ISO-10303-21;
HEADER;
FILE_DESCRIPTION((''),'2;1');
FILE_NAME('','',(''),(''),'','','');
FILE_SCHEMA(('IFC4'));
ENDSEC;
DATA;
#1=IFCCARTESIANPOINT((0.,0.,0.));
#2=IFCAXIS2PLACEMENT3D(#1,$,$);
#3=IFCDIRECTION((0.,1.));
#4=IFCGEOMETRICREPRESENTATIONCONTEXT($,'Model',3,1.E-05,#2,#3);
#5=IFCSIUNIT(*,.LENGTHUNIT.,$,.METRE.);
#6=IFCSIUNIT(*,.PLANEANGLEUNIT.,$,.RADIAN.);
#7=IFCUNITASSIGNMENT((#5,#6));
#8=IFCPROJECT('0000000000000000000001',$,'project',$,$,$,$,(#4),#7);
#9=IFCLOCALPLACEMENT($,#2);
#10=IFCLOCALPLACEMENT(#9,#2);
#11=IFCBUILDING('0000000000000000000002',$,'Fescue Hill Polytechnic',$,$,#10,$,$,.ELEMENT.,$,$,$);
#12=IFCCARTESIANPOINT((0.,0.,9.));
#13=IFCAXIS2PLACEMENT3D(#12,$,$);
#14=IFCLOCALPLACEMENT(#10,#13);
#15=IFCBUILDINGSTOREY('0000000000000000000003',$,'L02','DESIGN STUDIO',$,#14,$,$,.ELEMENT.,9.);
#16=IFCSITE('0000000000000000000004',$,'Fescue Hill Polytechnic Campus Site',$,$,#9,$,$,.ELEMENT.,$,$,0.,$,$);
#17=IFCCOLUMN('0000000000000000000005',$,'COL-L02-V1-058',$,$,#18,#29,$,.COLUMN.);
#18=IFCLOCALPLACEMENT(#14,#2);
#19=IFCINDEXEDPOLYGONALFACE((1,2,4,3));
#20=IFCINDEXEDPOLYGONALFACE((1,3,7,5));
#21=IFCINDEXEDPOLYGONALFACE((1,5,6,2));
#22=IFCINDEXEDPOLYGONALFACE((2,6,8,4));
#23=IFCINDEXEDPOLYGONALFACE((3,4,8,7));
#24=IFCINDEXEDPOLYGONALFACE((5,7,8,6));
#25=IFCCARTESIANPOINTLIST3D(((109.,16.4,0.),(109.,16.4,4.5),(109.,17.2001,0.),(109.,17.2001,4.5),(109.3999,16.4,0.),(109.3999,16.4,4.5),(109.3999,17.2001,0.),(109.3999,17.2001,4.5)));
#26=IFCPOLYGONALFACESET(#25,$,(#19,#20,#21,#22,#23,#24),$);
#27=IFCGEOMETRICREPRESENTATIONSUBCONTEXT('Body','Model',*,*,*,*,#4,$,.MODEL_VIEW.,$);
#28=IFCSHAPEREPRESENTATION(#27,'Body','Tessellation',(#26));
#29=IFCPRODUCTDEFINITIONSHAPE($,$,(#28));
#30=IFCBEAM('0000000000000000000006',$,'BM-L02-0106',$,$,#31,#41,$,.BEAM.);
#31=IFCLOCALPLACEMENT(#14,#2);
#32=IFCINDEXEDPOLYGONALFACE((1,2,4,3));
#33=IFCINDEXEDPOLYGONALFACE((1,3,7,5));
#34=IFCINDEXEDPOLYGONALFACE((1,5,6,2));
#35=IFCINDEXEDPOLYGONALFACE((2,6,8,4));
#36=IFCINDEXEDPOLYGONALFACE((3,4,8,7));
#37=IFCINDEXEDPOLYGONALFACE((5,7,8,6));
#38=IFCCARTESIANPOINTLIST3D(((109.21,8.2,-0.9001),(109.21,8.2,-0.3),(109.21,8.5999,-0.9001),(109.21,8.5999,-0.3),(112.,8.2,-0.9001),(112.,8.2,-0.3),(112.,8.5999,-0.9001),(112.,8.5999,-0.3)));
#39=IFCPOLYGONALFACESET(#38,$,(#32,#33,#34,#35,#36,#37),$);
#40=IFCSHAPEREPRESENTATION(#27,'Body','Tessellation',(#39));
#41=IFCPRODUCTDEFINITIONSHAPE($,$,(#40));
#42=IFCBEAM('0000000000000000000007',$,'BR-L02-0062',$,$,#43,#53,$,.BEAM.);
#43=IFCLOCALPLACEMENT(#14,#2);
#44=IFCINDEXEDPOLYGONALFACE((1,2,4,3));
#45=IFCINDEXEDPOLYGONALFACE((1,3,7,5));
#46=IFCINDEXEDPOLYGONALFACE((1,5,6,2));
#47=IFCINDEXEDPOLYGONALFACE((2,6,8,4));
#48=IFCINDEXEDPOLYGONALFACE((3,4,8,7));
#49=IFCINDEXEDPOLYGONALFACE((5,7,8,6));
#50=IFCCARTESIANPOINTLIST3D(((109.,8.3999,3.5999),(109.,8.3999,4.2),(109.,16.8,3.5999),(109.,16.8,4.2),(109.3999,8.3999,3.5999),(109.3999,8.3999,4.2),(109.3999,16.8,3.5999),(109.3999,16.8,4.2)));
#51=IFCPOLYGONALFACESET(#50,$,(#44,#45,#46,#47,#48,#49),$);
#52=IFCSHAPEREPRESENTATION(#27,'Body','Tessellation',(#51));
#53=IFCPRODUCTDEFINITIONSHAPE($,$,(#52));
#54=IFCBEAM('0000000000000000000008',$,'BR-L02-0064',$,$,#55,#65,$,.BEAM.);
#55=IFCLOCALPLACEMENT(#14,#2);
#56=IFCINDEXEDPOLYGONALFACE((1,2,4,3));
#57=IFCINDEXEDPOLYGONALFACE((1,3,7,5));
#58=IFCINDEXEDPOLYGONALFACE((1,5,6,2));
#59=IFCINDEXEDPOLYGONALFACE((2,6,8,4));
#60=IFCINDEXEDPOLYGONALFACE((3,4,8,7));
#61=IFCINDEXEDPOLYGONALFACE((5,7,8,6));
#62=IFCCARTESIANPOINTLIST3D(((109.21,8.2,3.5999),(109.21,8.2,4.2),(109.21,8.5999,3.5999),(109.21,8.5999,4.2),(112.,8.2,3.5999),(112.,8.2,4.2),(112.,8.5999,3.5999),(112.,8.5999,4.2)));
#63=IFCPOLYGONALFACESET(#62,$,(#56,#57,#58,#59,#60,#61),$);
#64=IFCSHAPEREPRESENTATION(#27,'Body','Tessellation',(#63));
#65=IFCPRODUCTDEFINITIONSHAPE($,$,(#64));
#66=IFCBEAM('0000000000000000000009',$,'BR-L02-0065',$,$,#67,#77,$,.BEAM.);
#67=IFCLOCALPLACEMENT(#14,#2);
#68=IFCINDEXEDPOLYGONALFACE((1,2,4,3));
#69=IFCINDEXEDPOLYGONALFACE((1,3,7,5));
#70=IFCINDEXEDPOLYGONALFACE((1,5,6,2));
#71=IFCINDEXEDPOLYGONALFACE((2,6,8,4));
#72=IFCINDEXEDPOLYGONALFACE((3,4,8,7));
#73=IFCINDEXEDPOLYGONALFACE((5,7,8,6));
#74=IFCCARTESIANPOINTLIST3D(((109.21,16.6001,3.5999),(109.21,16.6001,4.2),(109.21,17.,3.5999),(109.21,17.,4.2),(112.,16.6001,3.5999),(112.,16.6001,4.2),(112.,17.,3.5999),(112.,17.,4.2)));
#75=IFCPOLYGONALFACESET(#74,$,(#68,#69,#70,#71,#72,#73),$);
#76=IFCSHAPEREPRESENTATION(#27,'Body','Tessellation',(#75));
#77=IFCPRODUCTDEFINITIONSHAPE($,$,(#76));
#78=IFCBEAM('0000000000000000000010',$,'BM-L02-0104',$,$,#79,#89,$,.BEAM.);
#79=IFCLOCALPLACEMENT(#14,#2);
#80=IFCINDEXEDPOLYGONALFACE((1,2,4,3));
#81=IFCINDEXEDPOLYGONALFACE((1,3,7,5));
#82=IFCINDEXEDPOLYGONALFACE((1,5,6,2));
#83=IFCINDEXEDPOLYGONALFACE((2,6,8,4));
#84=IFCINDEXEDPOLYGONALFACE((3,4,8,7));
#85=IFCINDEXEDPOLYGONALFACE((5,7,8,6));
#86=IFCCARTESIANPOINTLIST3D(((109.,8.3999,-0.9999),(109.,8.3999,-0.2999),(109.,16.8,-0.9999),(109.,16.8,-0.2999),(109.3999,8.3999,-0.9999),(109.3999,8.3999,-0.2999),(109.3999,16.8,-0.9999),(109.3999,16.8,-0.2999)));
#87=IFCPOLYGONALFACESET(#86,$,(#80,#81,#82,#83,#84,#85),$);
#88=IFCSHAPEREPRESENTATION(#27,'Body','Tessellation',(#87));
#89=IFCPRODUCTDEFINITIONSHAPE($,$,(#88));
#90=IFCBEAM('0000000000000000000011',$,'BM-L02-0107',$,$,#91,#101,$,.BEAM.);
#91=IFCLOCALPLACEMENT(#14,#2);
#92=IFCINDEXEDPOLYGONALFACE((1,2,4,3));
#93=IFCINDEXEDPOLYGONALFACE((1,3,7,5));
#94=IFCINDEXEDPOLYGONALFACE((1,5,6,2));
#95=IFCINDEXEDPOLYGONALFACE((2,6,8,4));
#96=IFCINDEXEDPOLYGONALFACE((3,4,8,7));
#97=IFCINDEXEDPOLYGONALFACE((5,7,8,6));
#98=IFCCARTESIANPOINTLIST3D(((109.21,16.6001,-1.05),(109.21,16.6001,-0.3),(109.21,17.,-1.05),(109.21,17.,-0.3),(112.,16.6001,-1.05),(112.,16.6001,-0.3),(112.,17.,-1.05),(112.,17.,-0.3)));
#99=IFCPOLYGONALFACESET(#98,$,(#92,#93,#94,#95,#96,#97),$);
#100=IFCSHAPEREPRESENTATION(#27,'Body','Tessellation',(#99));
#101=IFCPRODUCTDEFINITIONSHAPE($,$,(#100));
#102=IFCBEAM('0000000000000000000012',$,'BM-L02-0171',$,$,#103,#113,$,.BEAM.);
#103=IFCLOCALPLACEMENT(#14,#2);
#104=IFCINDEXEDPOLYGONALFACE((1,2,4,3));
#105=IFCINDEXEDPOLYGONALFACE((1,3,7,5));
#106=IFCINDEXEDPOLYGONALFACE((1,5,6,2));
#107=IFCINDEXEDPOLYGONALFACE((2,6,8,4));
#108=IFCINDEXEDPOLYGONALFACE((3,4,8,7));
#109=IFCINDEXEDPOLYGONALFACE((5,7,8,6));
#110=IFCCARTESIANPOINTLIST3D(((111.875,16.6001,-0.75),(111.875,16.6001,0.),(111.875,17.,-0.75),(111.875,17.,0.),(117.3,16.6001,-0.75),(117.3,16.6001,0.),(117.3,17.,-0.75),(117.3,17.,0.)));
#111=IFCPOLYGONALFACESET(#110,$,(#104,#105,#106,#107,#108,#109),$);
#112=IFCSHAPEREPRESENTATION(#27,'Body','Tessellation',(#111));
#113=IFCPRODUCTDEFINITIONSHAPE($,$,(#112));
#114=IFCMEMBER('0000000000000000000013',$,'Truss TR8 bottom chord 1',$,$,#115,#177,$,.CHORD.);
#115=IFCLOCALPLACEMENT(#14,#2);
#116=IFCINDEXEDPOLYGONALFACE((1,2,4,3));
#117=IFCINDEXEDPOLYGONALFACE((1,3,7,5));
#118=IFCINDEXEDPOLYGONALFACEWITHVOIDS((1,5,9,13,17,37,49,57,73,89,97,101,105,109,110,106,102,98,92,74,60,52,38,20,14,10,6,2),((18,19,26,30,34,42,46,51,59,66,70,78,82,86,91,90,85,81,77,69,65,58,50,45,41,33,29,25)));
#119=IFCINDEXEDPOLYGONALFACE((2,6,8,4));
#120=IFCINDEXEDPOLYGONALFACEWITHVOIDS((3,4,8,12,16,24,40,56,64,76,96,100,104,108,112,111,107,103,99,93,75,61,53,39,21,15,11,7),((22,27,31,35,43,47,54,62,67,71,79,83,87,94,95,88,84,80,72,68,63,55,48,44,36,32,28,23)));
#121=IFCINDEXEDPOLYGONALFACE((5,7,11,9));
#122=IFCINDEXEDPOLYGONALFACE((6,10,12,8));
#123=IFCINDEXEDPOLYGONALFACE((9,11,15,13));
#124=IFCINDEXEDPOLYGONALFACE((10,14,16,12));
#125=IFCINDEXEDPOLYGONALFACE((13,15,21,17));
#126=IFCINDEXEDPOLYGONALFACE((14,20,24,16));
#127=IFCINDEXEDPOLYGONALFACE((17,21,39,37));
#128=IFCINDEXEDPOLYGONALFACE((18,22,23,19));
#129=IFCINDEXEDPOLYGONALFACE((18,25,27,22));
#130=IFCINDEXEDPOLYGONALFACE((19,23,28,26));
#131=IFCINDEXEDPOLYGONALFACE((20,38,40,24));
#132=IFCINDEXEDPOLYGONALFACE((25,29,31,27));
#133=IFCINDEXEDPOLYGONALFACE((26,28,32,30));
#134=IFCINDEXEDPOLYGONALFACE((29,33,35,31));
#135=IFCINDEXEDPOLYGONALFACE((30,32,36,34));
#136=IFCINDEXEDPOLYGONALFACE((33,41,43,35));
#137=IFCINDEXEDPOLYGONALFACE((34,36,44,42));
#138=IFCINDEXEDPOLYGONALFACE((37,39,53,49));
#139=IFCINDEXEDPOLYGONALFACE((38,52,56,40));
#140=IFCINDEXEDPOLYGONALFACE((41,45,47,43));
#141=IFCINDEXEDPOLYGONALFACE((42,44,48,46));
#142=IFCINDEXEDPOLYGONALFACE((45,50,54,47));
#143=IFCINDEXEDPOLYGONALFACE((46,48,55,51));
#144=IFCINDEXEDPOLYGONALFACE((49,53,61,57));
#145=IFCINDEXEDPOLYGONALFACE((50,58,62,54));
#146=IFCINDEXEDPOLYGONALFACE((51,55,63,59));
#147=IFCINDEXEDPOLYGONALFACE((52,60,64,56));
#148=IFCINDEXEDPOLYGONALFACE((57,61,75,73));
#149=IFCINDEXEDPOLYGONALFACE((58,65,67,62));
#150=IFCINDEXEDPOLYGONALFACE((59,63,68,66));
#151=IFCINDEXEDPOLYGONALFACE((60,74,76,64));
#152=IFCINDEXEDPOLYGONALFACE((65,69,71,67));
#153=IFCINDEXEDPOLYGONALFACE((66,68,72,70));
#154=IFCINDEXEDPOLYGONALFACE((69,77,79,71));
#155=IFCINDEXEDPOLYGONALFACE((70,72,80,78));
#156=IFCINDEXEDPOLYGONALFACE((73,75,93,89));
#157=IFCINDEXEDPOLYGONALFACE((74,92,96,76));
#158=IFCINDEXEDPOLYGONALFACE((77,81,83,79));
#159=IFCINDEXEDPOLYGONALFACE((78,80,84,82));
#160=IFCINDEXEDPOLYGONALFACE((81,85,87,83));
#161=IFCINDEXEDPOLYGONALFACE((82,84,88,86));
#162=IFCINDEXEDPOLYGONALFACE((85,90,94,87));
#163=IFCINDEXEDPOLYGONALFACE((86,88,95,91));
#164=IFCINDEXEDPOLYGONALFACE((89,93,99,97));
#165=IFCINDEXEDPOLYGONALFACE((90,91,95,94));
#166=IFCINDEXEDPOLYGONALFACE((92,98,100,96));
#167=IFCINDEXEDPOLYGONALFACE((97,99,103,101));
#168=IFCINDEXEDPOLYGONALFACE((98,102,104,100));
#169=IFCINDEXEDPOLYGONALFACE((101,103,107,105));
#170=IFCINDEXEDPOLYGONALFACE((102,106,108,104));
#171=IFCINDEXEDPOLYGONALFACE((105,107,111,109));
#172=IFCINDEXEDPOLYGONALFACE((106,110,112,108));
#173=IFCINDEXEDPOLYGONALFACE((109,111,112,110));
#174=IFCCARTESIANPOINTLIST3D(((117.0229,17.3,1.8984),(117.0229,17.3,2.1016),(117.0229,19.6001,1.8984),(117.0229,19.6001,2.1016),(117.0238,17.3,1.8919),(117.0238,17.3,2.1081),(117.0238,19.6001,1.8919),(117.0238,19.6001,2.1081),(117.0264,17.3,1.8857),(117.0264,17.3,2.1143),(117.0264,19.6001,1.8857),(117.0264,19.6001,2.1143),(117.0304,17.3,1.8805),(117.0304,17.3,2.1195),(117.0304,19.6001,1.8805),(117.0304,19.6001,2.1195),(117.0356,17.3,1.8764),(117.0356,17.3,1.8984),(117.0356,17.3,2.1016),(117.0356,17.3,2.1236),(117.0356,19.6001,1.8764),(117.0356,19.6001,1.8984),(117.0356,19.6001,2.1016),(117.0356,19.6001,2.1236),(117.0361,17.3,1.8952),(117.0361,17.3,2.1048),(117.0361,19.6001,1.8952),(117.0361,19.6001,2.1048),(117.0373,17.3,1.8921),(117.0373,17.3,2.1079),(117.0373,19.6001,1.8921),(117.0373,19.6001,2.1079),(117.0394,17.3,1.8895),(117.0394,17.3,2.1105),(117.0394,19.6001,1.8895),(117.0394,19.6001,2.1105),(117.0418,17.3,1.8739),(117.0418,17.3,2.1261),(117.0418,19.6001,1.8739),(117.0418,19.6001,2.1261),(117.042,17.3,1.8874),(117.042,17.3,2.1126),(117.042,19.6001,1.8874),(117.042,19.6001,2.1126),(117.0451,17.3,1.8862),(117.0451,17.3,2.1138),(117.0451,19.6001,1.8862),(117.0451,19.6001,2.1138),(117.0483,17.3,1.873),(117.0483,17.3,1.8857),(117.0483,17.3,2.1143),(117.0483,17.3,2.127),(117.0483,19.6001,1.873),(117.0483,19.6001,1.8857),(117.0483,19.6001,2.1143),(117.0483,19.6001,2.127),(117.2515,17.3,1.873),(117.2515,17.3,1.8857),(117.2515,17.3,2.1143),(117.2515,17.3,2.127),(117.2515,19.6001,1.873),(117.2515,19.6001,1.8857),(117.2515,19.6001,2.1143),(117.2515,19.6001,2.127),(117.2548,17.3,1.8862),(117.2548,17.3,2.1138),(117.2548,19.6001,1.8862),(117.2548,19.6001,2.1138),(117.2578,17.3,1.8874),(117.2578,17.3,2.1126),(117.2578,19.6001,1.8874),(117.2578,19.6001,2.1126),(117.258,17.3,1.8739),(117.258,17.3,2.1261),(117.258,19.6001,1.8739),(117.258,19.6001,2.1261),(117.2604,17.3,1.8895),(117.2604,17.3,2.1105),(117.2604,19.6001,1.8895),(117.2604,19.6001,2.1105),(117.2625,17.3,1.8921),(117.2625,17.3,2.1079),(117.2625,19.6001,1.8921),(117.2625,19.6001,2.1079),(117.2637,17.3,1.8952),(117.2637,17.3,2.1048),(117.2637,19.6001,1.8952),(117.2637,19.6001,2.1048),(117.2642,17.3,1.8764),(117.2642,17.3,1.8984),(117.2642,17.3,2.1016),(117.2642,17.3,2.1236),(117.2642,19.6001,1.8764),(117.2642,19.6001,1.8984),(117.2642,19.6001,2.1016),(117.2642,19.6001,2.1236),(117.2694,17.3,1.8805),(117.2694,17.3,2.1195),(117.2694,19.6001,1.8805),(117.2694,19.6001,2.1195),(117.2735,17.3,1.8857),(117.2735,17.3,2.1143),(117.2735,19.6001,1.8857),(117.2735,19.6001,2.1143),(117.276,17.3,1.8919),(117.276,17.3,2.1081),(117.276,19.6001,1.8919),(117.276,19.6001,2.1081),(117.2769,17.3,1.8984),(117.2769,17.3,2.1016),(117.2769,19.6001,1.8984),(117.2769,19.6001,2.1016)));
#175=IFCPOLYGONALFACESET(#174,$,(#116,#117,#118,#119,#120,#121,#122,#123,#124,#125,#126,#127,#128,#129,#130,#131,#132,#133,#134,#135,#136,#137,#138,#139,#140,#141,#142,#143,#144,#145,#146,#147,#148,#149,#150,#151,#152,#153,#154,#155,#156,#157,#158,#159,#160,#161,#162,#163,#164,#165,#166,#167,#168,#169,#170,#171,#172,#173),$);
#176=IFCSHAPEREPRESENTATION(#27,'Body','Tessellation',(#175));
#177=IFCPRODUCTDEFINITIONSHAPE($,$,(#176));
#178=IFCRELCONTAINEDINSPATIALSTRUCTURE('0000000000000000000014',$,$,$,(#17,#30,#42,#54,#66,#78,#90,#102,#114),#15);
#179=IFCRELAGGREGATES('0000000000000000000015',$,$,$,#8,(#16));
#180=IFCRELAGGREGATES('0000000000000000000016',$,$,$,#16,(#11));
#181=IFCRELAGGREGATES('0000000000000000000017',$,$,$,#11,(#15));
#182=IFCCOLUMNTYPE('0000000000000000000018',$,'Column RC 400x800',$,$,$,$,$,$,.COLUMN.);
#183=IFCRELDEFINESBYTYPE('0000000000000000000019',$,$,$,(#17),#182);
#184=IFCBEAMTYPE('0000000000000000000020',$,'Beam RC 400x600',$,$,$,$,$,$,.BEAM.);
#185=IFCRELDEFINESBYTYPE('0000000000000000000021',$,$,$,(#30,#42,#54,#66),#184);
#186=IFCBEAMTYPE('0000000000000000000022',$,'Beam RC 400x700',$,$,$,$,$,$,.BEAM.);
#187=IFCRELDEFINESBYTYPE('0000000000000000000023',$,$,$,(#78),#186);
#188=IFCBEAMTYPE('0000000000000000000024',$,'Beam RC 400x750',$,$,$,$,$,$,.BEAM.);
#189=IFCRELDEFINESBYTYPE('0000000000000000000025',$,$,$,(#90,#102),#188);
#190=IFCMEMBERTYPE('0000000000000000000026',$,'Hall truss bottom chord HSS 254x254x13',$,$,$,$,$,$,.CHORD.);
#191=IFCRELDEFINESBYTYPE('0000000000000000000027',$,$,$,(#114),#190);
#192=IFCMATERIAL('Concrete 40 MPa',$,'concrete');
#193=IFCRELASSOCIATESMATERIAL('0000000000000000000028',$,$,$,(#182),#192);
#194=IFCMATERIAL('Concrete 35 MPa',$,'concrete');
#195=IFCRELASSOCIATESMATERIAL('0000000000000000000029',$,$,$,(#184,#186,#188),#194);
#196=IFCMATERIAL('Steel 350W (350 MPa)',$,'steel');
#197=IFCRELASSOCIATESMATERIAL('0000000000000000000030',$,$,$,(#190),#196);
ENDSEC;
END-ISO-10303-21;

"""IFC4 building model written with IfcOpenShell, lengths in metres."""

from ifc_helpers import new_model, si_unit, direction, frame, origin, origin_2d, place, context, subcontext, project, spatial, rectangle, hollow_rectangle, extrude, material, material_profile, profile_set, type_object, element, save


model = new_model("IFC4")

# Units and contexts
model_context = context("Model", 3, precision=1e-05, world=origin(), true_north=direction((0.0, 1.0)))
body_context = subcontext(model_context, "Body", "Model", "MODEL_VIEW")
ifc_project = project(units=[si_unit("LENGTHUNIT", "METRE"), si_unit("PLANEANGLEUNIT", "RADIAN")], contexts=[model_context])

# Site, building, storey
site_placement = place(None, origin())
site = spatial("IfcSite", under=ifc_project, at=site_placement, Name="Fescue Hill Polytechnic Campus Site", CompositionType="ELEMENT", RefElevation=0.0)
building_placement = place(site_placement, origin())
building = spatial("IfcBuilding", under=site, at=building_placement, Name="Fescue Hill Polytechnic", CompositionType="ELEMENT")
storey_placement = place(building_placement, frame((0.0, 0.0, 9.0)))
storey = spatial("IfcBuildingStorey", under=building, at=storey_placement, Name="L02", Description="DESIGN STUDIO", CompositionType="ELEMENT", Elevation=9.0)

# Column
ifc_material_1 = material(Name="Concrete 40 MPa", Category="concrete")
ifc_material_profile_1 = material_profile(ifc_material_1, rectangle(XDim=0.3999, YDim=0.8, at=origin_2d()), Name="RC 400x800")
ifc_profile_set_1 = profile_set([ifc_material_profile_1], Name="Concrete 40 MPa")
column_type = type_object("IfcColumnType", Name="Column RC 400x800", PredefinedType="COLUMN", material=ifc_profile_set_1)
column_placement = place(storey_placement, frame((109.2, 16.8, 0.0), z_axis=(0.0, 0.0, 1.0), x_axis=(1.0, 0.0, 0.0)))
element("IfcColumn", 1, at=column_placement, inside=storey, type_object=column_type, Name="COL-L02-V1-058", PredefinedType="COLUMN", context=body_context, shape_type="SweptSolid", body=[
    extrude(rectangle(XDim=0.3999, YDim=0.8, at=origin_2d()), origin(), (0.0, 0.0, 1.0), 4.5),
])

# Beams
ifc_material_2 = material(Name="Concrete 35 MPa", Category="concrete")
ifc_material_profile_2 = material_profile(ifc_material_2, rectangle(XDim=0.3999, YDim=0.6001, at=origin_2d()), Name="RC 400x600")
ifc_profile_set_2 = profile_set([ifc_material_profile_2], Name="Concrete 35 MPa")
beam_type_1 = type_object("IfcBeamType", Name="Beam RC 400x600", PredefinedType="BEAM", material=ifc_profile_set_2)
beam_1_placement = place(storey_placement, frame((109.21, 8.3999, -0.6001), z_axis=(1.0, 0.0, 0.0), x_axis=(0.0, 1.0, 0.0)))
element("IfcBeam", 2, at=beam_1_placement, inside=storey, type_object=beam_type_1, Name="BM-L02-0106", PredefinedType="BEAM", context=body_context, shape_type="SweptSolid", body=[
    extrude(rectangle(XDim=0.3999, YDim=0.6001, at=origin_2d()), origin(), (0.0, 0.0, 1.0), 2.79),
])
beam_2_placement = place(storey_placement, frame((109.2, 8.3999, 3.8999), z_axis=(0.0, 1.0, 0.0), x_axis=(-1.0, 0.0, 0.0)))
element("IfcBeam", 3, at=beam_2_placement, inside=storey, type_object=beam_type_1, Name="BR-L02-0062", PredefinedType="BEAM", context=body_context, shape_type="SweptSolid", body=[
    extrude(rectangle(XDim=0.3999, YDim=0.6001, at=origin_2d()), origin(), (0.0, 0.0, 1.0), 8.4001),
])
for number, where, z_axis, x_axis, name in (
    (4, (109.21, 8.3999, 3.8999), (1.0, 0.0, 0.0), (0.0, 1.0, 0.0), "BR-L02-0064"),
    (5, (109.21, 16.8, 3.8999), (1.0, 0.0, 0.0), (0.0, 1.0, 0.0), "BR-L02-0065"),
):
    element("IfcBeam", number, at=place(storey_placement, frame(where, z_axis=z_axis, x_axis=x_axis)), inside=storey, type_object=beam_type_1, Name=name, PredefinedType="BEAM", context=body_context, shape_type="SweptSolid", body=[
        extrude(rectangle(XDim=0.3999, YDim=0.6001, at=origin_2d()), origin(), (0.0, 0.0, 1.0), 2.79),
    ])
ifc_material_profile_3 = material_profile(ifc_material_2, rectangle(XDim=0.3999, YDim=0.7, at=origin_2d()), Name="RC 400x700")
ifc_profile_set_3 = profile_set([ifc_material_profile_3], Name="Concrete 35 MPa")
beam_type_2 = type_object("IfcBeamType", Name="Beam RC 400x700", PredefinedType="BEAM", material=ifc_profile_set_3)
beam_3_placement = place(storey_placement, frame((109.2, 8.3999, -0.6499), z_axis=(0.0, 1.0, 0.0), x_axis=(-1.0, 0.0, 0.0)))
element("IfcBeam", 6, at=beam_3_placement, inside=storey, type_object=beam_type_2, Name="BM-L02-0104", PredefinedType="BEAM", context=body_context, shape_type="SweptSolid", body=[
    extrude(rectangle(XDim=0.3999, YDim=0.7, at=origin_2d()), origin(), (0.0, 0.0, 1.0), 8.4001),
])
ifc_material_profile_4 = material_profile(ifc_material_2, rectangle(XDim=0.3999, YDim=0.75, at=origin_2d()), Name="RC 400x750")
ifc_profile_set_4 = profile_set([ifc_material_profile_4], Name="Concrete 35 MPa")
beam_type_3 = type_object("IfcBeamType", Name="Beam RC 400x750", PredefinedType="BEAM", material=ifc_profile_set_4)
beam_4_placement = place(storey_placement, frame((109.21, 16.8, -0.675), z_axis=(1.0, 0.0, 0.0), x_axis=(0.0, 1.0, 0.0)))
element("IfcBeam", 7, at=beam_4_placement, inside=storey, type_object=beam_type_3, Name="BM-L02-0107", PredefinedType="BEAM", context=body_context, shape_type="SweptSolid", body=[
    extrude(rectangle(XDim=0.3999, YDim=0.75, at=origin_2d()), origin(), (0.0, 0.0, 1.0), 2.79),
])
beam_5_placement = place(storey_placement, frame((111.875, 16.8, -0.375), z_axis=(1.0, 0.0, 0.0), x_axis=(0.0, 1.0, 0.0)))
element("IfcBeam", 8, at=beam_5_placement, inside=storey, type_object=beam_type_3, Name="BM-L02-0171", PredefinedType="BEAM", context=body_context, shape_type="SweptSolid", body=[
    extrude(rectangle(XDim=0.3999, YDim=0.75, at=origin_2d()), origin(), (0.0, 0.0, 1.0), 5.425),
])

# Member
ifc_material_3 = material(Name="Steel 350W (350 MPa)", Category="steel")
ifc_material_profile_5 = material_profile(ifc_material_3, hollow_rectangle(XDim=0.2539, YDim=0.2539, WallThickness=0.0127, InnerFilletRadius=0.0127, OuterFilletRadius=0.0254, at=origin_2d()), Name="Hall truss bottom chord HSS 254x254x13")
ifc_profile_set_5 = profile_set([ifc_material_profile_5], Name="Steel 350W (350 MPa)")
member_type_1 = type_object("IfcMemberType", Name="Hall truss bottom chord HSS 254x254x13", PredefinedType="CHORD", material=ifc_profile_set_5)
member_1_placement = place(storey_placement, frame((117.1499, 17.3, 2.0), z_axis=(0.0, 1.0, 0.0), x_axis=(-1.0, 0.0, 0.0)))
element("IfcMember", 9, at=member_1_placement, inside=storey, type_object=member_type_1, Name="Truss TR8 bottom chord 1", PredefinedType="CHORD", context=body_context, shape_type="SweptSolid", body=[
    extrude(hollow_rectangle(XDim=0.2539, YDim=0.2539, WallThickness=0.0127, InnerFilletRadius=0.0127, OuterFilletRadius=0.0254, at=origin_2d()), origin(), (0.0, 0.0, 1.0), 2.3),
])

save(model, "model.ifc")
